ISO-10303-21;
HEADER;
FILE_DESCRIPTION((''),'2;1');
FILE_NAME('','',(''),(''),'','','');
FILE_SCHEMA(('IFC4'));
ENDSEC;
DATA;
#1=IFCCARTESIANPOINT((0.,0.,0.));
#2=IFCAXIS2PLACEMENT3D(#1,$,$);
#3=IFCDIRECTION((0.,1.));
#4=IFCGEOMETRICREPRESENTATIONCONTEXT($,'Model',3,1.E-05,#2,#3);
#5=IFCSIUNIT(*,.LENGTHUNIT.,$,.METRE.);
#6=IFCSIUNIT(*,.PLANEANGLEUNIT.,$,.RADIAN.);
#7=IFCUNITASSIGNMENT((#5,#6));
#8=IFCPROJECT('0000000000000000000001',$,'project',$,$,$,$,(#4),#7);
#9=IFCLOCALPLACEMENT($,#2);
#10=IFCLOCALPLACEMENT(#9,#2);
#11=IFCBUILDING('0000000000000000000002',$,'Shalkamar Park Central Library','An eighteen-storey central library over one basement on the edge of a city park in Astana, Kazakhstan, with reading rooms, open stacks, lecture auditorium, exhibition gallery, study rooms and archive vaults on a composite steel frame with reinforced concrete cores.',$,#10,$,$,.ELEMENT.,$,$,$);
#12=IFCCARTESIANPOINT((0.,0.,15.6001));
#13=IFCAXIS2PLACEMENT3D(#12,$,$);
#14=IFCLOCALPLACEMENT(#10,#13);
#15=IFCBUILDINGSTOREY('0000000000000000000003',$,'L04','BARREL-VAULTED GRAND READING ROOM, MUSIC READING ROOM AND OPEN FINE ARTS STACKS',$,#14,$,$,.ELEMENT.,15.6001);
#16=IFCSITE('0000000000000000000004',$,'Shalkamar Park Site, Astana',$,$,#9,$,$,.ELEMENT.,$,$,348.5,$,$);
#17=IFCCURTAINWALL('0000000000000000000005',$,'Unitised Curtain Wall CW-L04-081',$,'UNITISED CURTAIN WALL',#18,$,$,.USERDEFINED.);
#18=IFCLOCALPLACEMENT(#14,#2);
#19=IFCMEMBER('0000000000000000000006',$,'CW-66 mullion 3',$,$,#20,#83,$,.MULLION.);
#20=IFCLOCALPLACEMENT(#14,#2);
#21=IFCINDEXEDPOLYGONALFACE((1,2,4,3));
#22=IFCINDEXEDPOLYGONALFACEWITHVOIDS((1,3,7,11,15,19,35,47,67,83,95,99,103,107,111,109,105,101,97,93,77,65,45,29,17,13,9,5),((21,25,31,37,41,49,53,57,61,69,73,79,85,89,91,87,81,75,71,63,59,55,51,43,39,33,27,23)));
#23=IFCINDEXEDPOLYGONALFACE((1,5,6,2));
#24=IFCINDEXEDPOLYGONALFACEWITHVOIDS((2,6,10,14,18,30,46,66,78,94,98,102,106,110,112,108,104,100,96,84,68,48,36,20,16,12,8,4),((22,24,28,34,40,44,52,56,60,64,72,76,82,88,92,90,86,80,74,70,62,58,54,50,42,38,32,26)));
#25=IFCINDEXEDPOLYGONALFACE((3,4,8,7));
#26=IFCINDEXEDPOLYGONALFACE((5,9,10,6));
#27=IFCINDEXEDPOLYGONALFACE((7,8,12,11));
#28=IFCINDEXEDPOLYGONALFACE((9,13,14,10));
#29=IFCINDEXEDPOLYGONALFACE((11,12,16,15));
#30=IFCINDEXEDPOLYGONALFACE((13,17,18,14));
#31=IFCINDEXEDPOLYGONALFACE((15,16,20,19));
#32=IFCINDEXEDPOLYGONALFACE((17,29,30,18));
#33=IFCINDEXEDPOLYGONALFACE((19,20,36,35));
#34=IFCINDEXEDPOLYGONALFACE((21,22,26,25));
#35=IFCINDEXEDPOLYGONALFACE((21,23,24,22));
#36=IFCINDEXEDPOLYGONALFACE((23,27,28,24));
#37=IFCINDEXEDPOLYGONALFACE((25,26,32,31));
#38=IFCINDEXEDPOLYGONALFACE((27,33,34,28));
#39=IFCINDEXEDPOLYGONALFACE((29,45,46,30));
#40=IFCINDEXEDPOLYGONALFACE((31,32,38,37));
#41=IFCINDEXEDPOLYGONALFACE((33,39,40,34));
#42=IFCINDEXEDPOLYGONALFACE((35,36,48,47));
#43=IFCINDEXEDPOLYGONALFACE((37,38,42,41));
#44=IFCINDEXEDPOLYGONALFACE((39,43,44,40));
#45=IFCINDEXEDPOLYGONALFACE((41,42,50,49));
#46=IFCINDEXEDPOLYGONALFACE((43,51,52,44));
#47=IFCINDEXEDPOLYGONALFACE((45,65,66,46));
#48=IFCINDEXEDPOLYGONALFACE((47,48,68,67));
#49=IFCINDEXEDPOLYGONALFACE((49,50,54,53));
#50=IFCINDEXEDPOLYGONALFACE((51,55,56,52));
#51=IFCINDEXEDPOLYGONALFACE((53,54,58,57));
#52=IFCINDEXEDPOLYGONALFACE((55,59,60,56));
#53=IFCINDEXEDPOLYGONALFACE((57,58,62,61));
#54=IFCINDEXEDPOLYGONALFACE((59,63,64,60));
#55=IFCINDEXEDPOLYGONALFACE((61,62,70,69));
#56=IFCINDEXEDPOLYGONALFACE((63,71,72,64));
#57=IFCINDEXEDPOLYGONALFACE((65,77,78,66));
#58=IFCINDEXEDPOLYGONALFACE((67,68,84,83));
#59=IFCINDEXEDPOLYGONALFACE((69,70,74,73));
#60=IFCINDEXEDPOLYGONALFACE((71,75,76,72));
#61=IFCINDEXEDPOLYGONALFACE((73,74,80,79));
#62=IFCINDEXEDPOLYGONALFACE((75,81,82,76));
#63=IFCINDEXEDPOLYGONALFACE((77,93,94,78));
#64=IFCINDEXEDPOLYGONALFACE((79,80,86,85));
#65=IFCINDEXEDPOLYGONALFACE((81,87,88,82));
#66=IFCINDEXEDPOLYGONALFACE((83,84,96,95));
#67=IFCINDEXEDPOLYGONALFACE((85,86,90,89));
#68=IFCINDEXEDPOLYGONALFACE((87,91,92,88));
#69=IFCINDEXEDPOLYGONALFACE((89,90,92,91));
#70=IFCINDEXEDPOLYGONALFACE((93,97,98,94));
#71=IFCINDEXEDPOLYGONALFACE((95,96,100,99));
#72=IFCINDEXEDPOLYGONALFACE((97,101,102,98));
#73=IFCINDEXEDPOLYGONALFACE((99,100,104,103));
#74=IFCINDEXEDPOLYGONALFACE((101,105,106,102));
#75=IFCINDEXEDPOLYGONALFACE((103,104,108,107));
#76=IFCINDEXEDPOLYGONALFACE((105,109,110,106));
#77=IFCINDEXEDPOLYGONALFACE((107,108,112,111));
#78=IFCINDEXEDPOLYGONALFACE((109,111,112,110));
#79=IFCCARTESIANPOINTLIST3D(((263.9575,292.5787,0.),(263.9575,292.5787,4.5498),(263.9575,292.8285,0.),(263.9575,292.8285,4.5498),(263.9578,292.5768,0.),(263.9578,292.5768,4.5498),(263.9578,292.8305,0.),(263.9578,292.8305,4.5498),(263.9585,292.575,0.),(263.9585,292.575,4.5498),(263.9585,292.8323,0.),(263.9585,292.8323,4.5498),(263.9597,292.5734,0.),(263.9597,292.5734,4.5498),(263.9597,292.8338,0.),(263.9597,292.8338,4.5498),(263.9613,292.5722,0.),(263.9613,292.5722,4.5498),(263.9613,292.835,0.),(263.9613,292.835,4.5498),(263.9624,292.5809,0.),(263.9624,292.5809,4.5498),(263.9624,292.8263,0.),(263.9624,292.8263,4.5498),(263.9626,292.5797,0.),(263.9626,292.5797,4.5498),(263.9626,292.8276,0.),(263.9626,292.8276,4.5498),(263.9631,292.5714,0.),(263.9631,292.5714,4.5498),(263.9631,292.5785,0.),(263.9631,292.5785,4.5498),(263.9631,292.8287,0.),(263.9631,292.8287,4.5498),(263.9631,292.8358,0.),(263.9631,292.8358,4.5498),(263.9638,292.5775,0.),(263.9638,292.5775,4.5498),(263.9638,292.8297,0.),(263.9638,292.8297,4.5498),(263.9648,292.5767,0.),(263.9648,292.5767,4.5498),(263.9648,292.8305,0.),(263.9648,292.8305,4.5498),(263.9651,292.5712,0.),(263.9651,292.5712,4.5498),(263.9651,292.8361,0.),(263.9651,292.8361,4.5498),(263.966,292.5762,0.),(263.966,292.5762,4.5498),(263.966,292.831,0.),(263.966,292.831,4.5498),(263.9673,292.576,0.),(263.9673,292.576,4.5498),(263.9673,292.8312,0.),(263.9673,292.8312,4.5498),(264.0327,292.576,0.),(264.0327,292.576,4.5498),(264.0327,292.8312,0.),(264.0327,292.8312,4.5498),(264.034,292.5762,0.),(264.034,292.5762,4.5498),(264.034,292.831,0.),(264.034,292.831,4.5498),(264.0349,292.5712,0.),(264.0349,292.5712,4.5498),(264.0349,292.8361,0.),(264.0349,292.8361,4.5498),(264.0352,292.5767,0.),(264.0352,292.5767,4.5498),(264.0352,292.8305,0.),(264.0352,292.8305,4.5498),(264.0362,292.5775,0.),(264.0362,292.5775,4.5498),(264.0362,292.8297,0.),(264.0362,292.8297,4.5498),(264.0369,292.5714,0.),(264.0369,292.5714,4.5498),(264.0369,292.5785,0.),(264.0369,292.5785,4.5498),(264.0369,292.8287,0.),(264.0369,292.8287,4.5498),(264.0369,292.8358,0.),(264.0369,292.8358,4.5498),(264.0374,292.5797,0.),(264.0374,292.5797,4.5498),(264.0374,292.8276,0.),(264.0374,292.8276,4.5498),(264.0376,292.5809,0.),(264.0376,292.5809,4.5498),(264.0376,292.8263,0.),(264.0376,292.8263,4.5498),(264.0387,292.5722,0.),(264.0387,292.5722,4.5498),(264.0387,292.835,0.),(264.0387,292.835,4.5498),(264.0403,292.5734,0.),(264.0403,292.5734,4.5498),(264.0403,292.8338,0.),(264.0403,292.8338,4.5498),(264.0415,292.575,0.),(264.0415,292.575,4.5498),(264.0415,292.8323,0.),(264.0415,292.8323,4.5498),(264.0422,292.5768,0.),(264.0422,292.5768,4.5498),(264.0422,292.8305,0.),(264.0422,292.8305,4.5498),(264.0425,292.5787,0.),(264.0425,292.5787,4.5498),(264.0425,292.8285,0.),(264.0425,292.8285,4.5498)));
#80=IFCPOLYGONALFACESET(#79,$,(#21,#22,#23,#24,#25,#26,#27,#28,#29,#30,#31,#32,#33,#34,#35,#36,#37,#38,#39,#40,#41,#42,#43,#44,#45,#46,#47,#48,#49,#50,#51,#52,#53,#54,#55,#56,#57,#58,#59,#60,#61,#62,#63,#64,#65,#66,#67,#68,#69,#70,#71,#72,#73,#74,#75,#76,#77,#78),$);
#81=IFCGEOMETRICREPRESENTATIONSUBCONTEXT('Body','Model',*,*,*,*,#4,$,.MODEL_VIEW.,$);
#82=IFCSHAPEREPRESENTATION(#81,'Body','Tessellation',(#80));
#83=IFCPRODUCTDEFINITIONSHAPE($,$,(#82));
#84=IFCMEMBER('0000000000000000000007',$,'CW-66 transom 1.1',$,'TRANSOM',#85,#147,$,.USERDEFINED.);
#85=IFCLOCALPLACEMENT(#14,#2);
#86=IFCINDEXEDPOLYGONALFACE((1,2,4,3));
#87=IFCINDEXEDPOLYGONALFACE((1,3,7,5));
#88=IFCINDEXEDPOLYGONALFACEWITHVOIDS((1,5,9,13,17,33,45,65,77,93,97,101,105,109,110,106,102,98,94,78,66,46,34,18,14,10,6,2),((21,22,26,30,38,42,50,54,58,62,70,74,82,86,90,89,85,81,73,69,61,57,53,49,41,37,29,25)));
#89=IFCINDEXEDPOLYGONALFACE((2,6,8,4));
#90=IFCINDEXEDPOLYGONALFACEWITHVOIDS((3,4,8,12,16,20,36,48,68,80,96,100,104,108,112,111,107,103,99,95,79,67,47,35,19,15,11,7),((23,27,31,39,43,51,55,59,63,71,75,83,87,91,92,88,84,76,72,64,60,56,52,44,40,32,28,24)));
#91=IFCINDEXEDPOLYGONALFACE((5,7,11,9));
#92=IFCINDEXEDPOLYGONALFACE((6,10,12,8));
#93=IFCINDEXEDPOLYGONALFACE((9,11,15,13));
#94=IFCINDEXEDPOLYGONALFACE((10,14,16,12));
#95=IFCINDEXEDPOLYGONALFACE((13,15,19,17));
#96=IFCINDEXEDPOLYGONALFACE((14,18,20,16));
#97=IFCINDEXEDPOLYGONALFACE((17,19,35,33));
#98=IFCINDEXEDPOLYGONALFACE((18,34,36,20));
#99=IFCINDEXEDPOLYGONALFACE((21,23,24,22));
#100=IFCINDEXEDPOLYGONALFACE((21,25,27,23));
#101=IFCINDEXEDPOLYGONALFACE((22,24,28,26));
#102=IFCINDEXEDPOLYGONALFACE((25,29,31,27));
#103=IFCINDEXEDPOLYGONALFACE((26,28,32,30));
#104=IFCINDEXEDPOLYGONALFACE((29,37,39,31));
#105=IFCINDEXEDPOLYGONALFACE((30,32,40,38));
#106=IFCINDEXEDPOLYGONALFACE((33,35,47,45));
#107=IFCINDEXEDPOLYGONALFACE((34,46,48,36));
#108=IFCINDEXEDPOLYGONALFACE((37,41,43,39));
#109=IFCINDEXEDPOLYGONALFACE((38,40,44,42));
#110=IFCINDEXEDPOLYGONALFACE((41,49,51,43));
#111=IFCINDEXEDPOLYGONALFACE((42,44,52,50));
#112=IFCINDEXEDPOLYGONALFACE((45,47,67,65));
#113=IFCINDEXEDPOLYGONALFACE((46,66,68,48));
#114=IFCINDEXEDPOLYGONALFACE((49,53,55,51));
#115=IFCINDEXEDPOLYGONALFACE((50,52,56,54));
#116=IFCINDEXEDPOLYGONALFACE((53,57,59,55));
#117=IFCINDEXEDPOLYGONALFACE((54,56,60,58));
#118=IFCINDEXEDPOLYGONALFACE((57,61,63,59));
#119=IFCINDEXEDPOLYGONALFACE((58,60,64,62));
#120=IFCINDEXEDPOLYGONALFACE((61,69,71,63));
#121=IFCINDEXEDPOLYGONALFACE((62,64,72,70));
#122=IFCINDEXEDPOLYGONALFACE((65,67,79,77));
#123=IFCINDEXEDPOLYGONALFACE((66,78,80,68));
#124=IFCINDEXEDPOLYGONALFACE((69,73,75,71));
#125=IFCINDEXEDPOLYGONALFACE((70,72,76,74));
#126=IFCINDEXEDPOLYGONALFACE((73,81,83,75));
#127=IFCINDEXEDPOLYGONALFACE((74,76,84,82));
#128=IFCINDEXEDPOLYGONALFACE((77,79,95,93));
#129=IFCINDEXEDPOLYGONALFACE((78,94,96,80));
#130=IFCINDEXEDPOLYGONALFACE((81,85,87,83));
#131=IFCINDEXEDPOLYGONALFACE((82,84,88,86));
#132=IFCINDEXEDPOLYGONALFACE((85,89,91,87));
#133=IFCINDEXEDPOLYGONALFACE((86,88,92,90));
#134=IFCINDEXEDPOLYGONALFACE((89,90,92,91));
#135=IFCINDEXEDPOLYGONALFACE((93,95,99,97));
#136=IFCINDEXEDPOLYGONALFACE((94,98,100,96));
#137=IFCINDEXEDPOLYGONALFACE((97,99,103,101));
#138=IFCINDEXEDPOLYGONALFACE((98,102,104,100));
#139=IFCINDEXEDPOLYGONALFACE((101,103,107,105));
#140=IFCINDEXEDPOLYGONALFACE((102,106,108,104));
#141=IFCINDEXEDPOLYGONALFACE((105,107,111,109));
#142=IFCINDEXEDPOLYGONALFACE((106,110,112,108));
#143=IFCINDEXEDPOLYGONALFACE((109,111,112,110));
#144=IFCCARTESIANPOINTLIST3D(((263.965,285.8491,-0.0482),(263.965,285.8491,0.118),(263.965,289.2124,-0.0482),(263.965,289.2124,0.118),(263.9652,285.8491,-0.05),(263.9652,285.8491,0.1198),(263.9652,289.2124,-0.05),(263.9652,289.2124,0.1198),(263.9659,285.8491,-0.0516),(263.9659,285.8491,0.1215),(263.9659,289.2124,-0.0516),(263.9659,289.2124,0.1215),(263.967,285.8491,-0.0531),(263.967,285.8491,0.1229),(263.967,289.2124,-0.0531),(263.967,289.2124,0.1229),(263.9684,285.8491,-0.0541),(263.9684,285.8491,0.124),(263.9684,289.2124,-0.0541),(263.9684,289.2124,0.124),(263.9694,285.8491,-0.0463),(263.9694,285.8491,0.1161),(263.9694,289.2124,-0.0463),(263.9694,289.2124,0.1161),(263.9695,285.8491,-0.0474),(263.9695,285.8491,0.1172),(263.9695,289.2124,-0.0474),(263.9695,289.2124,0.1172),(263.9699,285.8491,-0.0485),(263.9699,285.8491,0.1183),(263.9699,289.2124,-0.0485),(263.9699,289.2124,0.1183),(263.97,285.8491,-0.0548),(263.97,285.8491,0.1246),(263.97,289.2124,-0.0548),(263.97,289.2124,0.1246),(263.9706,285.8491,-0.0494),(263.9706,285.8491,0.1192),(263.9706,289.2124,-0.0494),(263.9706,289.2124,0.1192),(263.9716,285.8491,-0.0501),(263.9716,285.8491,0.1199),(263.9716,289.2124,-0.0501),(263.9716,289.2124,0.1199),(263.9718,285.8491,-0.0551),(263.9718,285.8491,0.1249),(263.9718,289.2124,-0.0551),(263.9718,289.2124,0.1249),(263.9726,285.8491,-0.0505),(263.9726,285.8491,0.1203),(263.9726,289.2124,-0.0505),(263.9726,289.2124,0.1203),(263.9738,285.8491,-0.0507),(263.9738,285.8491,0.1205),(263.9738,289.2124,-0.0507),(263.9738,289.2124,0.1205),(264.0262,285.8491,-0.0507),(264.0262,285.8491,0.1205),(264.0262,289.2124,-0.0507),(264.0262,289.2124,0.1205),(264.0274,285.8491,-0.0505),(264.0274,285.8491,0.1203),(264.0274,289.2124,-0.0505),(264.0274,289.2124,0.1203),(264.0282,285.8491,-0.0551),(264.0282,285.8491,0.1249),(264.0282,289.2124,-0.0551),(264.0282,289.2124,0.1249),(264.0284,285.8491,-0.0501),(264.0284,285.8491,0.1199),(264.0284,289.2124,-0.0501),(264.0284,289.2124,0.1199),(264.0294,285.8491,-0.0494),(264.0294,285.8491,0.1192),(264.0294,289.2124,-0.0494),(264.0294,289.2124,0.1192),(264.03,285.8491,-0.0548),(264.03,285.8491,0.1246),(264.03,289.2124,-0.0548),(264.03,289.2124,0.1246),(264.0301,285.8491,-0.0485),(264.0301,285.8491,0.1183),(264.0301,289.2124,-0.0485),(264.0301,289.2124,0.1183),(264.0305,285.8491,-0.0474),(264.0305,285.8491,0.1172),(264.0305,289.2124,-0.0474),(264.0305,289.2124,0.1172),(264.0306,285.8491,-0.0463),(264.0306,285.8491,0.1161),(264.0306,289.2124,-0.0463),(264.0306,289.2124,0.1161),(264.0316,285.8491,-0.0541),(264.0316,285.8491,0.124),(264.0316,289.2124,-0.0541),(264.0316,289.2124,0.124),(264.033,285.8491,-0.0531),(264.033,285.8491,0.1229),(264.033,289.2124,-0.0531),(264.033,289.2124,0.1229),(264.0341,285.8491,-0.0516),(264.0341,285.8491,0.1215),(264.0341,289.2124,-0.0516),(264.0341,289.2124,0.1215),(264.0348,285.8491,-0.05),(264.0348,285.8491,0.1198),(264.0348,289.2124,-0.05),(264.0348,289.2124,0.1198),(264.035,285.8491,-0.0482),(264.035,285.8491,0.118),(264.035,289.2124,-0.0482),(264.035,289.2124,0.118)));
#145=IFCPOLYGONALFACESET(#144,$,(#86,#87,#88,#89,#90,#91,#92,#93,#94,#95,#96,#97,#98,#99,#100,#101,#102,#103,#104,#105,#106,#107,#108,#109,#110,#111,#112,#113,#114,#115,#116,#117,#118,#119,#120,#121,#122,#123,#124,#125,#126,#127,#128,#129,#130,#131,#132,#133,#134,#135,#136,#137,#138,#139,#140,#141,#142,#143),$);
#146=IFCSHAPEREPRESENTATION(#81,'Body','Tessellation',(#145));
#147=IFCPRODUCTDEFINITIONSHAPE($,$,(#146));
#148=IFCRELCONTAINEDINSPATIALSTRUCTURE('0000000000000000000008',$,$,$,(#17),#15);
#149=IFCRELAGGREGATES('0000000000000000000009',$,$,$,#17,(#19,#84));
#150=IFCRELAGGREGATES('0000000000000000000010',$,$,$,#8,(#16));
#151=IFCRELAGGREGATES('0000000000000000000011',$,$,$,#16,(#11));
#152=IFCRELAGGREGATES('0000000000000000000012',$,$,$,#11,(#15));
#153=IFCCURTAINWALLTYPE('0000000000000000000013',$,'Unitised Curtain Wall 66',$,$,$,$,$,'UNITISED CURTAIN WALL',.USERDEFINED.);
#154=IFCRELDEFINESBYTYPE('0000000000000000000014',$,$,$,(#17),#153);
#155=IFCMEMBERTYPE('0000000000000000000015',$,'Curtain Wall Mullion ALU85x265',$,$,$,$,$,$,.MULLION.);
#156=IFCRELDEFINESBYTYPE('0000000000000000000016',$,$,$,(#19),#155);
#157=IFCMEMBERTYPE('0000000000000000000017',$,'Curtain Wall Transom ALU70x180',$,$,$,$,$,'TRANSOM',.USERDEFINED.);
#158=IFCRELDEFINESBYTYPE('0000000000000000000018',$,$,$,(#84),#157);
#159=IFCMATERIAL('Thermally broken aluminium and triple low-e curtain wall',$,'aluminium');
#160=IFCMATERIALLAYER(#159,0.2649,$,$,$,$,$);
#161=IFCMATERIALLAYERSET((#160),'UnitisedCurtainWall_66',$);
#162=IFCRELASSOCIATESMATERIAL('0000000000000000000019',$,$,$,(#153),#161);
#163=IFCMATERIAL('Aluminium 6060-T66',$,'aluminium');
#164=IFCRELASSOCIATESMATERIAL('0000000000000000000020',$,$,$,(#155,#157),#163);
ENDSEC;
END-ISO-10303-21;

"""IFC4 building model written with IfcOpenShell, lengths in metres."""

from ifc_helpers import new_model, si_unit, direction, frame, origin, origin_2d, place, context, subcontext, project, spatial, hollow_rectangle, extrude, material, layer, layer_set, material_profile, profile_set, type_object, element, aggregate, save


model = new_model("IFC4")

# Units and contexts
model_context = context("Model", 3, precision=1e-05, world=origin(), true_north=direction((0.0, 1.0)))
body_context = subcontext(model_context, "Body", "Model", "MODEL_VIEW")
ifc_project = project(units=[si_unit("LENGTHUNIT", "METRE"), si_unit("PLANEANGLEUNIT", "RADIAN")], contexts=[model_context])

# Site, building, storey
site_placement = place(None, origin())
site = spatial("IfcSite", under=ifc_project, at=site_placement, Name="Shalkamar Park Site, Astana", CompositionType="ELEMENT", RefElevation=348.5)
building_placement = place(site_placement, origin())
building = spatial("IfcBuilding", under=site, at=building_placement, Name="Shalkamar Park Central Library", Description="An eighteen-storey central library over one basement on the edge of a city park in Astana, Kazakhstan, with reading rooms, open stacks, lecture auditorium, exhibition gallery, study rooms and archive vaults on a composite steel frame with reinforced concrete cores.", CompositionType="ELEMENT")
storey_placement = place(building_placement, frame((0.0, 0.0, 15.6001)))
storey = spatial("IfcBuildingStorey", under=building, at=storey_placement, Name="L04", Description="BARREL-VAULTED GRAND READING ROOM, MUSIC READING ROOM AND OPEN FINE ARTS STACKS", CompositionType="ELEMENT", Elevation=15.6001)

# Curtain wall, members
ifc_material_1 = material(Name="Thermally broken aluminium and triple low-e curtain wall", Category="aluminium")
ifc_layer_1 = layer(ifc_material_1, 0.2649)
ifc_layer_set_1 = layer_set([ifc_layer_1], Name="UnitisedCurtainWall_66")
curtain_wall_type = type_object("IfcCurtainWallType", Name="Unitised Curtain Wall 66", ElementType="UNITISED CURTAIN WALL", PredefinedType="USERDEFINED", material=ifc_layer_set_1)
curtain_wall_placement = place(storey_placement, origin())
curtain_wall = element("IfcCurtainWall", 1, at=curtain_wall_placement, inside=storey, type_object=curtain_wall_type, Name="Unitised Curtain Wall CW-L04-081", ObjectType="UNITISED CURTAIN WALL", PredefinedType="USERDEFINED")
ifc_material_2 = material(Name="Aluminium 6060-T66", Category="aluminium")
ifc_material_profile_1 = material_profile(ifc_material_2, hollow_rectangle(XDim=0.085, YDim=0.2649, WallThickness=0.0049, InnerFilletRadius=0.0049, OuterFilletRadius=0.0076, at=origin_2d()), Name="ALU 85x265x5")
ifc_profile_set_1 = profile_set([ifc_material_profile_1], Name="Aluminium 6060-T66")
member_type_1 = type_object("IfcMemberType", Name="Curtain Wall Mullion ALU85x265", PredefinedType="MULLION", material=ifc_profile_set_1)
member_1_placement = place(storey_placement, frame((264.0, 292.7036, 0.0), z_axis=(0.0, 0.0, 1.0), x_axis=(-1.0, 0.0, 0.0)))
member_1 = element("IfcMember", 2, at=member_1_placement, type_object=member_type_1, Name="CW-66 mullion 3", PredefinedType="MULLION", context=body_context, shape_type="SweptSolid", body=[
    extrude(hollow_rectangle(XDim=0.085, YDim=0.2649, WallThickness=0.0049, InnerFilletRadius=0.0049, OuterFilletRadius=0.0076, at=origin_2d()), origin(), (0.0, 0.0, 1.0), 4.5498),
])
ifc_material_profile_2 = material_profile(ifc_material_2, hollow_rectangle(XDim=0.0701, YDim=0.1799, WallThickness=0.0044, InnerFilletRadius=0.0044, OuterFilletRadius=0.0068, at=origin_2d()), Name="ALU 70x180x4.5")
ifc_profile_set_2 = profile_set([ifc_material_profile_2], Name="Aluminium 6060-T66")
member_type_2 = type_object("IfcMemberType", Name="Curtain Wall Transom ALU70x180", ElementType="TRANSOM", PredefinedType="USERDEFINED", material=ifc_profile_set_2)
member_2_placement = place(storey_placement, frame((264.0, 285.8491, 0.0349), z_axis=(0.0, 1.0, 0.0), x_axis=(-1.0, 0.0, 0.0)))
member_2 = element("IfcMember", 3, at=member_2_placement, type_object=member_type_2, Name="CW-66 transom 1.1", ObjectType="TRANSOM", PredefinedType="USERDEFINED", context=body_context, shape_type="SweptSolid", body=[
    extrude(hollow_rectangle(XDim=0.0701, YDim=0.1799, WallThickness=0.0044, InnerFilletRadius=0.0044, OuterFilletRadius=0.0068, at=origin_2d()), origin(), (0.0, 0.0, 1.0), 3.3633),
])

aggregate(curtain_wall, [member_1, member_2])

save(model, "model.ifc")
